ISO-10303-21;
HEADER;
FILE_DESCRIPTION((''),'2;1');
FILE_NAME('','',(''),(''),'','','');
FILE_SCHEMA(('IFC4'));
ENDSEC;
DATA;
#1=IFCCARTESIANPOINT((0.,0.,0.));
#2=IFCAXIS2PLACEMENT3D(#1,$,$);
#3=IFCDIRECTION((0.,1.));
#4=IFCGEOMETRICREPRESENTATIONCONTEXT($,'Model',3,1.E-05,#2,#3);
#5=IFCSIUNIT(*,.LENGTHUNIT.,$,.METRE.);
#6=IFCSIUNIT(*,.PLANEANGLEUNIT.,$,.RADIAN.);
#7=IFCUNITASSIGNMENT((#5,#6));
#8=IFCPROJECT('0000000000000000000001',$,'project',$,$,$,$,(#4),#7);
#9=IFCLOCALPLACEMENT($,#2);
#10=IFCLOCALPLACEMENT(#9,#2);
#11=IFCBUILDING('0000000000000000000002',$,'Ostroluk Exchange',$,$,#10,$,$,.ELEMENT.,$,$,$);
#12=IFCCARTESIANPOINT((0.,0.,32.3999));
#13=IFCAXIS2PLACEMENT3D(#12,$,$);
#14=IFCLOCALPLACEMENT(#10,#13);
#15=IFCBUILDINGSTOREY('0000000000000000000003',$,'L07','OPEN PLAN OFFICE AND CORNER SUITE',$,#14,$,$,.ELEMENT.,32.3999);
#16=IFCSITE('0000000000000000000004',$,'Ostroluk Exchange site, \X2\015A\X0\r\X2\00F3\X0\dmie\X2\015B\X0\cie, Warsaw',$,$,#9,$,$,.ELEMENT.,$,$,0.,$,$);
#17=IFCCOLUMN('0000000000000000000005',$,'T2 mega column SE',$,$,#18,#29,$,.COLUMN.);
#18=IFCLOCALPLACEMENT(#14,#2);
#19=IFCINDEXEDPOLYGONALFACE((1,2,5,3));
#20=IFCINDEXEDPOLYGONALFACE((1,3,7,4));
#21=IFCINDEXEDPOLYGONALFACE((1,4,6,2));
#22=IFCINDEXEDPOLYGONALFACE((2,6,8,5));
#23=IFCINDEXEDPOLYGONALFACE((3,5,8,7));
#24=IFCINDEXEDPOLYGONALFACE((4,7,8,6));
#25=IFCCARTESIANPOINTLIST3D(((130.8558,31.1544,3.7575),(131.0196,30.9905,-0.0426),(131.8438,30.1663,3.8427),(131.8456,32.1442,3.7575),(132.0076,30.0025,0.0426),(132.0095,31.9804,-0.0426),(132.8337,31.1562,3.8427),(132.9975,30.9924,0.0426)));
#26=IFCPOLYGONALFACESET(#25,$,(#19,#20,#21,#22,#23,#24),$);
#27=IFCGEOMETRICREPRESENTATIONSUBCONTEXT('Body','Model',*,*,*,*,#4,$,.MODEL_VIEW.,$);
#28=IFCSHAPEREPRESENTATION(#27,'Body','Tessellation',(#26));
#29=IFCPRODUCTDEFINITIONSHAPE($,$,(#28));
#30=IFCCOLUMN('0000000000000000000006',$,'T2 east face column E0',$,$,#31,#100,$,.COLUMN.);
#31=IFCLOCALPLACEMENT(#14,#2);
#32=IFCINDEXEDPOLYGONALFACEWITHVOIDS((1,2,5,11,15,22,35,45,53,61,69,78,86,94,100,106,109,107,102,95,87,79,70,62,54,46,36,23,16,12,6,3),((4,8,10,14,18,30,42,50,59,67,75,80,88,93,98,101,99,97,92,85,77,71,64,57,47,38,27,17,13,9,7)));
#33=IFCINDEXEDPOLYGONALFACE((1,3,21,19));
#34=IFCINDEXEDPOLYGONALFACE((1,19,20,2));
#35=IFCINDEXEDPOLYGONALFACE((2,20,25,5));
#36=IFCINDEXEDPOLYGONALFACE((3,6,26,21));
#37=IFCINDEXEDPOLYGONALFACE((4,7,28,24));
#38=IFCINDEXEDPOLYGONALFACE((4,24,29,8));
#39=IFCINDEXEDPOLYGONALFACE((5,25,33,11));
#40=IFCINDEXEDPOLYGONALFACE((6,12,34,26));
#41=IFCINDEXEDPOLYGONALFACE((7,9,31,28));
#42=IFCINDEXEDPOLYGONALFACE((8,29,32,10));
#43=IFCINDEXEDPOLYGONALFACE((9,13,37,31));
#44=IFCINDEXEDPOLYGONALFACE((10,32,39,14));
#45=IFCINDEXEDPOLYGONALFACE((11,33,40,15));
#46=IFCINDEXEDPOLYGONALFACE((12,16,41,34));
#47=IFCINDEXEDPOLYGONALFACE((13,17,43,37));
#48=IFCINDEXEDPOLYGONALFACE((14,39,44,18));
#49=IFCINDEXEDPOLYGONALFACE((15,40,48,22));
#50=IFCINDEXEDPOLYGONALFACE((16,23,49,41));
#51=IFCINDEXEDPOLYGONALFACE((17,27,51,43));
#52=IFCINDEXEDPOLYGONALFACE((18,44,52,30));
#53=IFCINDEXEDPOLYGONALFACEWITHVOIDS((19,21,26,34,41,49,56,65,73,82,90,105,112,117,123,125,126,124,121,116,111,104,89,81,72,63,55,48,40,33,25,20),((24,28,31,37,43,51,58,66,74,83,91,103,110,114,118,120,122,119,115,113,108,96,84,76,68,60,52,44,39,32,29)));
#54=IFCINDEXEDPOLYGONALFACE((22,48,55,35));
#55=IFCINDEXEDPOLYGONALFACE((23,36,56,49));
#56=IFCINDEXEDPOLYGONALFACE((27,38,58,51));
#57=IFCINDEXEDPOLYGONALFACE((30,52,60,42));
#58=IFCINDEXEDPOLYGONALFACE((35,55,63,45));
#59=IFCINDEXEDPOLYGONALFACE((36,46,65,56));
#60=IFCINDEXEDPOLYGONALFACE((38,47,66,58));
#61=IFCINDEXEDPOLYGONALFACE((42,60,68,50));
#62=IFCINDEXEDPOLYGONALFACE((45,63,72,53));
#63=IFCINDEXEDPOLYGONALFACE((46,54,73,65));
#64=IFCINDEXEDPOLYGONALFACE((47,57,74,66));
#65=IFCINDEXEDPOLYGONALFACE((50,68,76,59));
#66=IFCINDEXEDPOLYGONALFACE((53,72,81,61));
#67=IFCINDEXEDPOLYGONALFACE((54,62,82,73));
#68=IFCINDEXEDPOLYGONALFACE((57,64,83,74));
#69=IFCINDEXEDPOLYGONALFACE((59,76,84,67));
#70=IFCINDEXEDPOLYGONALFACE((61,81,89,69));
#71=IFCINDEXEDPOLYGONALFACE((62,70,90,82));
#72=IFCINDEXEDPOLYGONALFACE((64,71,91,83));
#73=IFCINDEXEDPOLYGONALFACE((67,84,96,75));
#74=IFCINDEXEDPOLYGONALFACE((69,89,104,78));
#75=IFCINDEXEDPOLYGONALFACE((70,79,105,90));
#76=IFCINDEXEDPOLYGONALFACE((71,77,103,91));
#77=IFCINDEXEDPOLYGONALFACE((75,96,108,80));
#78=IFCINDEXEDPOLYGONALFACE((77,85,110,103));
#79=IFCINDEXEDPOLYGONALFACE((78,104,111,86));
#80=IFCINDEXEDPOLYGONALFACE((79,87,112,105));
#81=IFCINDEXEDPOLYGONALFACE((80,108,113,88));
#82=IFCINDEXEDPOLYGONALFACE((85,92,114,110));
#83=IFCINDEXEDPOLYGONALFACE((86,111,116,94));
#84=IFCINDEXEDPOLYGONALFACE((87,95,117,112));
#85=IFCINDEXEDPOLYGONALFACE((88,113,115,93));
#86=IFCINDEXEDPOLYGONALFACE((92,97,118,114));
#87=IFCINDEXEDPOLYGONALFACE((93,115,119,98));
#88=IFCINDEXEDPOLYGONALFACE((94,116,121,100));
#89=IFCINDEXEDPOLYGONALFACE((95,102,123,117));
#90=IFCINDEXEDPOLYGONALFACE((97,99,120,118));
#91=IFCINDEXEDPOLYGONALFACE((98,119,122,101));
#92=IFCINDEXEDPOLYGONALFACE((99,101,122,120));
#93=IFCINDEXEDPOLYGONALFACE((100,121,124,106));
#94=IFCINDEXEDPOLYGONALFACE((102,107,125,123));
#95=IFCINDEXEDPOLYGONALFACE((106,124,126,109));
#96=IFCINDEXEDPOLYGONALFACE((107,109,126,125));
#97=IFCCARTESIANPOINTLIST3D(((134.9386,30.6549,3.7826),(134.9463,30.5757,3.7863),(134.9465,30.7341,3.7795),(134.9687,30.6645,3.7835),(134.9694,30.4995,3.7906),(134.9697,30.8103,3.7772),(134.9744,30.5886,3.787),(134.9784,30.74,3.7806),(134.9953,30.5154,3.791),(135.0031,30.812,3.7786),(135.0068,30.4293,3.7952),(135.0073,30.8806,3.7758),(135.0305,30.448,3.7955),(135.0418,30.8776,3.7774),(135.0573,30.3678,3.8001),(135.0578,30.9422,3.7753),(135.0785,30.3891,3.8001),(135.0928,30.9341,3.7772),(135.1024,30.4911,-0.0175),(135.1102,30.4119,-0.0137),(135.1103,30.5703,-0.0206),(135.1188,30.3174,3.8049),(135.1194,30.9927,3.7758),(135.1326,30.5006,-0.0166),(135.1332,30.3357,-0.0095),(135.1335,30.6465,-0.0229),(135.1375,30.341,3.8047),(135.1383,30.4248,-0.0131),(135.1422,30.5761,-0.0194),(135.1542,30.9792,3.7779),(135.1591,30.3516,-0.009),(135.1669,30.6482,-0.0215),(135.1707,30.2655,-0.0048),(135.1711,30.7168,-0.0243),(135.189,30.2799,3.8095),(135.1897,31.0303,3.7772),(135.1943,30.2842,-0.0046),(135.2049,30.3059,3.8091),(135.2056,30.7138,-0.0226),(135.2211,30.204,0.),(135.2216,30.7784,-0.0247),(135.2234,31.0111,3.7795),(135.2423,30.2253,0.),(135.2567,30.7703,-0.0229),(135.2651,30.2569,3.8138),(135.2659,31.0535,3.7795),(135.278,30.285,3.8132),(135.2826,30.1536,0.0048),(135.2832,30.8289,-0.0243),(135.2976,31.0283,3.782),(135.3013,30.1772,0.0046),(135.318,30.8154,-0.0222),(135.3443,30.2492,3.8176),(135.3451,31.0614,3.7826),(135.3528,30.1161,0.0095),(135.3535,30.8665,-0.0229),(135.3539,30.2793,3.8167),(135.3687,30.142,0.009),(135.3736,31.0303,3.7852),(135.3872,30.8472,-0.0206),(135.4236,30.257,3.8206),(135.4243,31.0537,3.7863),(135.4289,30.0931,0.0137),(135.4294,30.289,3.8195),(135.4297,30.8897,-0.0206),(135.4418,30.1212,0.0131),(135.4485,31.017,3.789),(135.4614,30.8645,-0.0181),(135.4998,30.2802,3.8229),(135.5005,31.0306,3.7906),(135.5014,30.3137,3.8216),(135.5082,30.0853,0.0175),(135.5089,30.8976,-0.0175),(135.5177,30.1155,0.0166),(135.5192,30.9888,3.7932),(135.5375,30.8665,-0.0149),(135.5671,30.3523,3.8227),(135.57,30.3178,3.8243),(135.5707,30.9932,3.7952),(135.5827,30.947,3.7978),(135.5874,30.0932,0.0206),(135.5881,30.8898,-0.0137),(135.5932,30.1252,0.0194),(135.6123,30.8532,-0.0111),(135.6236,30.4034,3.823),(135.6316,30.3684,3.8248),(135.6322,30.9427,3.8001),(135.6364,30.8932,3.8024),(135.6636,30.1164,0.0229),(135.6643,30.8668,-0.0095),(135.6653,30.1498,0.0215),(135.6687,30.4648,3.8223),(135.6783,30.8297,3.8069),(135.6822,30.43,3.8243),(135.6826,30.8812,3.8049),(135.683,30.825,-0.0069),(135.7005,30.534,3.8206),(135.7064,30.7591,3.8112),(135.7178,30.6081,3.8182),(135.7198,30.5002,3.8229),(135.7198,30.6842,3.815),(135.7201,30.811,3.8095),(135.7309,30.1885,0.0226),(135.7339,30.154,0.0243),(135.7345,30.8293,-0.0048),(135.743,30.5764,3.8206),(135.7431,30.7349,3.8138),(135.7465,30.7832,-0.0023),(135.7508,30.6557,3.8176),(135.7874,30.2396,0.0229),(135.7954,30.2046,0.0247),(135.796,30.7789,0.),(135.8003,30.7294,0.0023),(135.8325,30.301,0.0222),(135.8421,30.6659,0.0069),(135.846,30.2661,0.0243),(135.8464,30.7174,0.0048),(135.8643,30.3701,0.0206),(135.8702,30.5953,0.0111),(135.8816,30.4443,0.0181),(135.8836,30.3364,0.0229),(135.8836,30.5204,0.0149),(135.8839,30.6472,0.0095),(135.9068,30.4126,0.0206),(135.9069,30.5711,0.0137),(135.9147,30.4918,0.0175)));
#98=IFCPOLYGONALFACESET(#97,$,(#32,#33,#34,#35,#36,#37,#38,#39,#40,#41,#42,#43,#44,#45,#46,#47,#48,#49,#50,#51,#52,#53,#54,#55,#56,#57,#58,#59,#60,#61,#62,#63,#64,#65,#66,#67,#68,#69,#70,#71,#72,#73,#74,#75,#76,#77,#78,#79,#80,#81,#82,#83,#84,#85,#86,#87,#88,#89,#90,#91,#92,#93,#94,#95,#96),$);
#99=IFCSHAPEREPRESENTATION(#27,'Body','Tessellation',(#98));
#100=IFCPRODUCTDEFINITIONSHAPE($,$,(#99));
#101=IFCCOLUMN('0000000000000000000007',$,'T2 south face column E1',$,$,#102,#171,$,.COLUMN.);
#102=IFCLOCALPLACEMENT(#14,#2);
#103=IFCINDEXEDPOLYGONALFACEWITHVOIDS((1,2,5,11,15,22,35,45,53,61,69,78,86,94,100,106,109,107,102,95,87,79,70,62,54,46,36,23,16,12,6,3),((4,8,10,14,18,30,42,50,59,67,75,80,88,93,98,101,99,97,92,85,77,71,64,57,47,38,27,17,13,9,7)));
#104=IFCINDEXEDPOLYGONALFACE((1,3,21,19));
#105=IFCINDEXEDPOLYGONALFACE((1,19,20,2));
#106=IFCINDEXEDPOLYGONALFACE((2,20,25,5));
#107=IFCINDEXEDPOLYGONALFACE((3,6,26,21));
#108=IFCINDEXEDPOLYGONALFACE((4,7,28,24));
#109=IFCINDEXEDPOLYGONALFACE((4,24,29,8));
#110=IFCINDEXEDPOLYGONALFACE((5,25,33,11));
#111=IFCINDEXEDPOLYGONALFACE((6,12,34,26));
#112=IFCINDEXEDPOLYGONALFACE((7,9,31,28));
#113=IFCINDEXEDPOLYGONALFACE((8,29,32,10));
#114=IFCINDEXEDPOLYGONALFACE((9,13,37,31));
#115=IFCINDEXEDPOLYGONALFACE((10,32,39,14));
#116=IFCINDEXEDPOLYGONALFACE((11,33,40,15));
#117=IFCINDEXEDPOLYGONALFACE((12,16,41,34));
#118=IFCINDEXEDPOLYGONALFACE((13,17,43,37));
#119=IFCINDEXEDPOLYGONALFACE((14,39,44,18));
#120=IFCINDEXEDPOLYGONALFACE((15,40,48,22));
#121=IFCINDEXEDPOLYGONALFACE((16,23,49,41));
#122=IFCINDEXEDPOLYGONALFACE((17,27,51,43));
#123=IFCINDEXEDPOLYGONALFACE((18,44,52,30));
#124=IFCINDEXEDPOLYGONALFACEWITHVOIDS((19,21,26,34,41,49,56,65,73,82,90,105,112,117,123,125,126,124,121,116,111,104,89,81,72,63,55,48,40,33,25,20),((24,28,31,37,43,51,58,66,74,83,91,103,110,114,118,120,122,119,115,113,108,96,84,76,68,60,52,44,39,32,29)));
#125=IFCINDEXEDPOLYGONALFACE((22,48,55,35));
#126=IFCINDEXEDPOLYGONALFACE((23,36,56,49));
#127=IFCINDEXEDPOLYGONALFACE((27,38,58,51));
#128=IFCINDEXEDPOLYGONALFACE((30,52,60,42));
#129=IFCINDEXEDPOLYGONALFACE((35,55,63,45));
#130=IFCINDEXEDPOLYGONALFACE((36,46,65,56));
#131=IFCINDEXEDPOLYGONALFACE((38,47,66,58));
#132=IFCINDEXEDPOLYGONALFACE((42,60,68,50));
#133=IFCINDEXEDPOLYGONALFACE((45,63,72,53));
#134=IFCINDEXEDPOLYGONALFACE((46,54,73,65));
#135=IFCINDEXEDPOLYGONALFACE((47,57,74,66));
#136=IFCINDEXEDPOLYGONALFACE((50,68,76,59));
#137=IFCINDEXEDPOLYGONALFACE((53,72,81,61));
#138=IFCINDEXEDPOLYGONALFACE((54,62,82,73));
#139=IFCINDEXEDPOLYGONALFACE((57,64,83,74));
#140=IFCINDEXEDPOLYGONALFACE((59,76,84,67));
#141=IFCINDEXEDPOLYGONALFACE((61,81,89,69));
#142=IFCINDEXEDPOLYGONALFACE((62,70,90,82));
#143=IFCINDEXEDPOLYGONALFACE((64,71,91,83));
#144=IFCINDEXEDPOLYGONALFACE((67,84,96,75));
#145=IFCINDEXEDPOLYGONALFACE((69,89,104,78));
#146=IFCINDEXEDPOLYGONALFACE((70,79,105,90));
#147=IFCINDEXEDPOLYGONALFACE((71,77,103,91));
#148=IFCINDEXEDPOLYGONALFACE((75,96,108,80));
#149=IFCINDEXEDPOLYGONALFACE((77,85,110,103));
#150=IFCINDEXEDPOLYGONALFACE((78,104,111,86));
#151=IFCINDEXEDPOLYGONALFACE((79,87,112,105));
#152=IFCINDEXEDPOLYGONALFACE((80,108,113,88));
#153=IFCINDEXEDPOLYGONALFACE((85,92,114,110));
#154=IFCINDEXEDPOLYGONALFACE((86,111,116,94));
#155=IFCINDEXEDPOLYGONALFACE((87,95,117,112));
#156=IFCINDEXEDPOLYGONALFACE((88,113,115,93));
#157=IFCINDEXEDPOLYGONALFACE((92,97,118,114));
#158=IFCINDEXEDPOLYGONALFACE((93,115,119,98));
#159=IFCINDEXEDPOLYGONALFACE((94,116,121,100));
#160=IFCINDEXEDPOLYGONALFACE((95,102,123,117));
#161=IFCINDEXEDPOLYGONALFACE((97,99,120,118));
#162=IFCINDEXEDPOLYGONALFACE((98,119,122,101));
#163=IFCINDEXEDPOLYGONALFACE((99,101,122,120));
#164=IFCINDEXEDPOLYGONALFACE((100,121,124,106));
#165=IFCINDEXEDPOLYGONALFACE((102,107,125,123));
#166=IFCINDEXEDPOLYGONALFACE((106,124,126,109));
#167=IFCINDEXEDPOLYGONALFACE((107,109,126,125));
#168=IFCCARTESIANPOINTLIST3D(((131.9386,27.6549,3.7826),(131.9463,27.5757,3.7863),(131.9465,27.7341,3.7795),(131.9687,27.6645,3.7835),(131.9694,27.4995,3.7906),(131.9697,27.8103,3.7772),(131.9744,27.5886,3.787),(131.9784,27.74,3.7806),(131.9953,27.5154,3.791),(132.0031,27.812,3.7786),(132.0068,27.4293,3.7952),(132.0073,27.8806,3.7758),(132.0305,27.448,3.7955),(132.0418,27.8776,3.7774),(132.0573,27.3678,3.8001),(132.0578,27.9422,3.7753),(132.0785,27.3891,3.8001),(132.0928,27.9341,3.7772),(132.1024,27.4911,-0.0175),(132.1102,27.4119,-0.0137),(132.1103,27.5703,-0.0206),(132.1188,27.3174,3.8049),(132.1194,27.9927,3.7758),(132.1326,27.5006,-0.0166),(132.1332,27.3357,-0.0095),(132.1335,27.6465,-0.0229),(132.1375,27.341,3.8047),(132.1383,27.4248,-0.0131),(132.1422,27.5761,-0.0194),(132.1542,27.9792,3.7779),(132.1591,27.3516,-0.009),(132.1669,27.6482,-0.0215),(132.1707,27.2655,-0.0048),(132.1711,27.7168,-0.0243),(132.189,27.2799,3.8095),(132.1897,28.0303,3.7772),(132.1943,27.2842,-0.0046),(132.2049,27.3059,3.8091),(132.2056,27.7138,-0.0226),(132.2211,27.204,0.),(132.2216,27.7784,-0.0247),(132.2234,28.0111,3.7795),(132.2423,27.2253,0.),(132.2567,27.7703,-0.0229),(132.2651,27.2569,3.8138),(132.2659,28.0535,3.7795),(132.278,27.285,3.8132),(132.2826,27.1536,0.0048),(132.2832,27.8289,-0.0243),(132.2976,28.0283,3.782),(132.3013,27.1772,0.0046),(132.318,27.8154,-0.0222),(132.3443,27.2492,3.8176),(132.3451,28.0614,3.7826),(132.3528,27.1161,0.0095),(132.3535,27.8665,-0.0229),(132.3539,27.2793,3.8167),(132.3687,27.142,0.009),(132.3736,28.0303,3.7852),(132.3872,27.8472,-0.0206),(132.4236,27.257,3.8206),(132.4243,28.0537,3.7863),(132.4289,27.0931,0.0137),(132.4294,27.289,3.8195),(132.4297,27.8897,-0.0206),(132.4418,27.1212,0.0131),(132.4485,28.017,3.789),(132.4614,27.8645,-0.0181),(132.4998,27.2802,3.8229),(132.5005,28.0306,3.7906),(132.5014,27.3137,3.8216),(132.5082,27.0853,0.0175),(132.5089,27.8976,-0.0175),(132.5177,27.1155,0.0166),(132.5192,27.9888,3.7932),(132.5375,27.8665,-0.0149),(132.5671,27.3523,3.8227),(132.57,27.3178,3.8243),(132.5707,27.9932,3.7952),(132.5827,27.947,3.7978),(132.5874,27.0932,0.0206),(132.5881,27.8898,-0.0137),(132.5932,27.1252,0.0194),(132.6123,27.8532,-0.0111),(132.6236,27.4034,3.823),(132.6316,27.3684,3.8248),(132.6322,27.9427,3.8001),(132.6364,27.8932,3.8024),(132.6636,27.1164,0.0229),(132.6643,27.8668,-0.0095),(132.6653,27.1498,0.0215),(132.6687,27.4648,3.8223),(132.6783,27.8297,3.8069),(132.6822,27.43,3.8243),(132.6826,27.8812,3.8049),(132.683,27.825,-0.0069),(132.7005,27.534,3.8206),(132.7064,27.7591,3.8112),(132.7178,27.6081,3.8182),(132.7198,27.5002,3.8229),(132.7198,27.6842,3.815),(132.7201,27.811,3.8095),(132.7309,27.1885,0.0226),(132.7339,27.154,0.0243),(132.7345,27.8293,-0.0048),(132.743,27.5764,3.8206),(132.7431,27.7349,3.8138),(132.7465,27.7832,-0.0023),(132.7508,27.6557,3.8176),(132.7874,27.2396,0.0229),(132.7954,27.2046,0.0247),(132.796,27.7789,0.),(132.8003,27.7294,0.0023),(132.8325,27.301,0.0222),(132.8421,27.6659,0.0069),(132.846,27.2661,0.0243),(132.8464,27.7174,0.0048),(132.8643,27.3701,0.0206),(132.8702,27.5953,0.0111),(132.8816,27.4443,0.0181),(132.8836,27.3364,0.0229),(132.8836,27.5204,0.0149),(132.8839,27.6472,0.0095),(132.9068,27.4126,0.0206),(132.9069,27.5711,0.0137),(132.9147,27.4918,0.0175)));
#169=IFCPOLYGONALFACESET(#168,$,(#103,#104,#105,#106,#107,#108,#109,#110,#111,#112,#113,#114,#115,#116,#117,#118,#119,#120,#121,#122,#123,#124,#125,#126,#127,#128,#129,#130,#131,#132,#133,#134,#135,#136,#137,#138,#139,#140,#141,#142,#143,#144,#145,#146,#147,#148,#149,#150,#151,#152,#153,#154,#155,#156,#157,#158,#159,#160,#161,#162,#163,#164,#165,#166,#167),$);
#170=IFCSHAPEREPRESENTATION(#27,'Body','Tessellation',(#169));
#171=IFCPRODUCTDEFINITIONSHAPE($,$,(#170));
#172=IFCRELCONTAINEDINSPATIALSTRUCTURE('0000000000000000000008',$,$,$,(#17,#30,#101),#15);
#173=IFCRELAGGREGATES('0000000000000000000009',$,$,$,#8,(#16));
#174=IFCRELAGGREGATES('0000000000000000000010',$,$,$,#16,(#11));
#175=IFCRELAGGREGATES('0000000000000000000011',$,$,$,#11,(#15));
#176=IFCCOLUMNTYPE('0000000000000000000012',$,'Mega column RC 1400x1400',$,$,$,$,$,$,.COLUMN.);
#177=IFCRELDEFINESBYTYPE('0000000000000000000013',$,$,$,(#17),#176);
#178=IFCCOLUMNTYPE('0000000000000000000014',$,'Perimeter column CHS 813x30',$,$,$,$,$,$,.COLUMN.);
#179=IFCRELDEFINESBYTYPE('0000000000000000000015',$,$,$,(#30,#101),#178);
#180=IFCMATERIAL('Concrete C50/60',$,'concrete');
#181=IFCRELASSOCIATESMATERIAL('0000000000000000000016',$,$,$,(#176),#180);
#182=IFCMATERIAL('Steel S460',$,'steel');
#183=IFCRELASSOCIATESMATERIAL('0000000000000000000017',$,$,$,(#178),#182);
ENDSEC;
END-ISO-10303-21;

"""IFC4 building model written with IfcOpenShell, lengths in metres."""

from ifc_helpers import new_model, si_unit, direction, frame, origin, origin_2d, place, context, subcontext, project, spatial, rectangle, hollow_circle, extrude, material, material_profile, profile_set, type_object, element, save


model = new_model("IFC4")

# Units and contexts
model_context = context("Model", 3, precision=1e-05, world=origin(), true_north=direction((0.0, 1.0)))
body_context = subcontext(model_context, "Body", "Model", "MODEL_VIEW")
ifc_project = project(units=[si_unit("LENGTHUNIT", "METRE"), si_unit("PLANEANGLEUNIT", "RADIAN")], contexts=[model_context])

# Site, building, storey
site_placement = place(None, origin())
site = spatial("IfcSite", under=ifc_project, at=site_placement, Name="Ostroluk Exchange site, Śródmieście, Warsaw", CompositionType="ELEMENT", RefElevation=0.0)
building_placement = place(site_placement, origin())
building = spatial("IfcBuilding", under=site, at=building_placement, Name="Ostroluk Exchange", CompositionType="ELEMENT")
storey_placement = place(building_placement, frame((0.0, 0.0, 32.3999)))
storey = spatial("IfcBuildingStorey", under=building, at=storey_placement, Name="L07", Description="OPEN PLAN OFFICE AND CORNER SUITE", CompositionType="ELEMENT", Elevation=32.3999)

# Columns
ifc_material_1 = material(Name="Concrete C50/60", Category="concrete")
ifc_material_profile_1 = material_profile(ifc_material_1, rectangle(XDim=1.3999, YDim=1.3999, at=origin_2d()), Name="RC 1400x1400")
ifc_profile_set_1 = profile_set([ifc_material_profile_1], Name="Concrete C50/60")
column_type_1 = type_object("IfcColumnType", Name="Mega column RC 1400x1400", PredefinedType="COLUMN", material=ifc_profile_set_1)
column_placement = place(storey_placement, frame((132.0085, 30.9915, 0.0), z_axis=(-0.04303, 0.04303, 0.998147), x_axis=(-0.707107, -0.707107, 0.0)))
element("IfcColumn", 1, at=column_placement, inside=storey, type_object=column_type_1, Name="T2 mega column SE", PredefinedType="COLUMN", context=body_context, shape_type="SweptSolid", body=[
    extrude(rectangle(XDim=1.3999, YDim=1.3999, at=origin_2d()), origin(), (0.0, 0.0, 1.0), 3.8071),
])
ifc_material_2 = material(Name="Steel S460", Category="steel")
ifc_material_profile_2 = material_profile(ifc_material_2, hollow_circle(Radius=0.4065, WallThickness=0.03, at=origin_2d()), Name="CHS 813x30")
ifc_profile_set_2 = profile_set([ifc_material_profile_2], Name="Steel S460")
column_type_2 = type_object("IfcColumnType", Name="Perimeter column CHS 813x30", PredefinedType="COLUMN", material=ifc_profile_set_2)
for number, where, z_axis, x_axis, name in (
    (2, (135.5085, 30.4915, 0.0), (-0.04303, 0.04303, 0.998147), (-0.707107, -0.707107, 0.0), "T2 east face column E0"),
    (3, (132.5085, 27.4915, 0.0), (-0.04303, 0.04303, 0.998147), (-0.707107, -0.707107, 0.0), "T2 south face column E1"),
):
    element("IfcColumn", number, at=place(storey_placement, frame(where, z_axis=z_axis, x_axis=x_axis)), inside=storey, type_object=column_type_2, Name=name, PredefinedType="COLUMN", context=body_context, shape_type="SweptSolid", body=[
        extrude(hollow_circle(Radius=0.4065, WallThickness=0.03, at=origin_2d()), origin(), (0.0, 0.0, 1.0), 3.8071),
    ])

save(model, "model.ifc")
